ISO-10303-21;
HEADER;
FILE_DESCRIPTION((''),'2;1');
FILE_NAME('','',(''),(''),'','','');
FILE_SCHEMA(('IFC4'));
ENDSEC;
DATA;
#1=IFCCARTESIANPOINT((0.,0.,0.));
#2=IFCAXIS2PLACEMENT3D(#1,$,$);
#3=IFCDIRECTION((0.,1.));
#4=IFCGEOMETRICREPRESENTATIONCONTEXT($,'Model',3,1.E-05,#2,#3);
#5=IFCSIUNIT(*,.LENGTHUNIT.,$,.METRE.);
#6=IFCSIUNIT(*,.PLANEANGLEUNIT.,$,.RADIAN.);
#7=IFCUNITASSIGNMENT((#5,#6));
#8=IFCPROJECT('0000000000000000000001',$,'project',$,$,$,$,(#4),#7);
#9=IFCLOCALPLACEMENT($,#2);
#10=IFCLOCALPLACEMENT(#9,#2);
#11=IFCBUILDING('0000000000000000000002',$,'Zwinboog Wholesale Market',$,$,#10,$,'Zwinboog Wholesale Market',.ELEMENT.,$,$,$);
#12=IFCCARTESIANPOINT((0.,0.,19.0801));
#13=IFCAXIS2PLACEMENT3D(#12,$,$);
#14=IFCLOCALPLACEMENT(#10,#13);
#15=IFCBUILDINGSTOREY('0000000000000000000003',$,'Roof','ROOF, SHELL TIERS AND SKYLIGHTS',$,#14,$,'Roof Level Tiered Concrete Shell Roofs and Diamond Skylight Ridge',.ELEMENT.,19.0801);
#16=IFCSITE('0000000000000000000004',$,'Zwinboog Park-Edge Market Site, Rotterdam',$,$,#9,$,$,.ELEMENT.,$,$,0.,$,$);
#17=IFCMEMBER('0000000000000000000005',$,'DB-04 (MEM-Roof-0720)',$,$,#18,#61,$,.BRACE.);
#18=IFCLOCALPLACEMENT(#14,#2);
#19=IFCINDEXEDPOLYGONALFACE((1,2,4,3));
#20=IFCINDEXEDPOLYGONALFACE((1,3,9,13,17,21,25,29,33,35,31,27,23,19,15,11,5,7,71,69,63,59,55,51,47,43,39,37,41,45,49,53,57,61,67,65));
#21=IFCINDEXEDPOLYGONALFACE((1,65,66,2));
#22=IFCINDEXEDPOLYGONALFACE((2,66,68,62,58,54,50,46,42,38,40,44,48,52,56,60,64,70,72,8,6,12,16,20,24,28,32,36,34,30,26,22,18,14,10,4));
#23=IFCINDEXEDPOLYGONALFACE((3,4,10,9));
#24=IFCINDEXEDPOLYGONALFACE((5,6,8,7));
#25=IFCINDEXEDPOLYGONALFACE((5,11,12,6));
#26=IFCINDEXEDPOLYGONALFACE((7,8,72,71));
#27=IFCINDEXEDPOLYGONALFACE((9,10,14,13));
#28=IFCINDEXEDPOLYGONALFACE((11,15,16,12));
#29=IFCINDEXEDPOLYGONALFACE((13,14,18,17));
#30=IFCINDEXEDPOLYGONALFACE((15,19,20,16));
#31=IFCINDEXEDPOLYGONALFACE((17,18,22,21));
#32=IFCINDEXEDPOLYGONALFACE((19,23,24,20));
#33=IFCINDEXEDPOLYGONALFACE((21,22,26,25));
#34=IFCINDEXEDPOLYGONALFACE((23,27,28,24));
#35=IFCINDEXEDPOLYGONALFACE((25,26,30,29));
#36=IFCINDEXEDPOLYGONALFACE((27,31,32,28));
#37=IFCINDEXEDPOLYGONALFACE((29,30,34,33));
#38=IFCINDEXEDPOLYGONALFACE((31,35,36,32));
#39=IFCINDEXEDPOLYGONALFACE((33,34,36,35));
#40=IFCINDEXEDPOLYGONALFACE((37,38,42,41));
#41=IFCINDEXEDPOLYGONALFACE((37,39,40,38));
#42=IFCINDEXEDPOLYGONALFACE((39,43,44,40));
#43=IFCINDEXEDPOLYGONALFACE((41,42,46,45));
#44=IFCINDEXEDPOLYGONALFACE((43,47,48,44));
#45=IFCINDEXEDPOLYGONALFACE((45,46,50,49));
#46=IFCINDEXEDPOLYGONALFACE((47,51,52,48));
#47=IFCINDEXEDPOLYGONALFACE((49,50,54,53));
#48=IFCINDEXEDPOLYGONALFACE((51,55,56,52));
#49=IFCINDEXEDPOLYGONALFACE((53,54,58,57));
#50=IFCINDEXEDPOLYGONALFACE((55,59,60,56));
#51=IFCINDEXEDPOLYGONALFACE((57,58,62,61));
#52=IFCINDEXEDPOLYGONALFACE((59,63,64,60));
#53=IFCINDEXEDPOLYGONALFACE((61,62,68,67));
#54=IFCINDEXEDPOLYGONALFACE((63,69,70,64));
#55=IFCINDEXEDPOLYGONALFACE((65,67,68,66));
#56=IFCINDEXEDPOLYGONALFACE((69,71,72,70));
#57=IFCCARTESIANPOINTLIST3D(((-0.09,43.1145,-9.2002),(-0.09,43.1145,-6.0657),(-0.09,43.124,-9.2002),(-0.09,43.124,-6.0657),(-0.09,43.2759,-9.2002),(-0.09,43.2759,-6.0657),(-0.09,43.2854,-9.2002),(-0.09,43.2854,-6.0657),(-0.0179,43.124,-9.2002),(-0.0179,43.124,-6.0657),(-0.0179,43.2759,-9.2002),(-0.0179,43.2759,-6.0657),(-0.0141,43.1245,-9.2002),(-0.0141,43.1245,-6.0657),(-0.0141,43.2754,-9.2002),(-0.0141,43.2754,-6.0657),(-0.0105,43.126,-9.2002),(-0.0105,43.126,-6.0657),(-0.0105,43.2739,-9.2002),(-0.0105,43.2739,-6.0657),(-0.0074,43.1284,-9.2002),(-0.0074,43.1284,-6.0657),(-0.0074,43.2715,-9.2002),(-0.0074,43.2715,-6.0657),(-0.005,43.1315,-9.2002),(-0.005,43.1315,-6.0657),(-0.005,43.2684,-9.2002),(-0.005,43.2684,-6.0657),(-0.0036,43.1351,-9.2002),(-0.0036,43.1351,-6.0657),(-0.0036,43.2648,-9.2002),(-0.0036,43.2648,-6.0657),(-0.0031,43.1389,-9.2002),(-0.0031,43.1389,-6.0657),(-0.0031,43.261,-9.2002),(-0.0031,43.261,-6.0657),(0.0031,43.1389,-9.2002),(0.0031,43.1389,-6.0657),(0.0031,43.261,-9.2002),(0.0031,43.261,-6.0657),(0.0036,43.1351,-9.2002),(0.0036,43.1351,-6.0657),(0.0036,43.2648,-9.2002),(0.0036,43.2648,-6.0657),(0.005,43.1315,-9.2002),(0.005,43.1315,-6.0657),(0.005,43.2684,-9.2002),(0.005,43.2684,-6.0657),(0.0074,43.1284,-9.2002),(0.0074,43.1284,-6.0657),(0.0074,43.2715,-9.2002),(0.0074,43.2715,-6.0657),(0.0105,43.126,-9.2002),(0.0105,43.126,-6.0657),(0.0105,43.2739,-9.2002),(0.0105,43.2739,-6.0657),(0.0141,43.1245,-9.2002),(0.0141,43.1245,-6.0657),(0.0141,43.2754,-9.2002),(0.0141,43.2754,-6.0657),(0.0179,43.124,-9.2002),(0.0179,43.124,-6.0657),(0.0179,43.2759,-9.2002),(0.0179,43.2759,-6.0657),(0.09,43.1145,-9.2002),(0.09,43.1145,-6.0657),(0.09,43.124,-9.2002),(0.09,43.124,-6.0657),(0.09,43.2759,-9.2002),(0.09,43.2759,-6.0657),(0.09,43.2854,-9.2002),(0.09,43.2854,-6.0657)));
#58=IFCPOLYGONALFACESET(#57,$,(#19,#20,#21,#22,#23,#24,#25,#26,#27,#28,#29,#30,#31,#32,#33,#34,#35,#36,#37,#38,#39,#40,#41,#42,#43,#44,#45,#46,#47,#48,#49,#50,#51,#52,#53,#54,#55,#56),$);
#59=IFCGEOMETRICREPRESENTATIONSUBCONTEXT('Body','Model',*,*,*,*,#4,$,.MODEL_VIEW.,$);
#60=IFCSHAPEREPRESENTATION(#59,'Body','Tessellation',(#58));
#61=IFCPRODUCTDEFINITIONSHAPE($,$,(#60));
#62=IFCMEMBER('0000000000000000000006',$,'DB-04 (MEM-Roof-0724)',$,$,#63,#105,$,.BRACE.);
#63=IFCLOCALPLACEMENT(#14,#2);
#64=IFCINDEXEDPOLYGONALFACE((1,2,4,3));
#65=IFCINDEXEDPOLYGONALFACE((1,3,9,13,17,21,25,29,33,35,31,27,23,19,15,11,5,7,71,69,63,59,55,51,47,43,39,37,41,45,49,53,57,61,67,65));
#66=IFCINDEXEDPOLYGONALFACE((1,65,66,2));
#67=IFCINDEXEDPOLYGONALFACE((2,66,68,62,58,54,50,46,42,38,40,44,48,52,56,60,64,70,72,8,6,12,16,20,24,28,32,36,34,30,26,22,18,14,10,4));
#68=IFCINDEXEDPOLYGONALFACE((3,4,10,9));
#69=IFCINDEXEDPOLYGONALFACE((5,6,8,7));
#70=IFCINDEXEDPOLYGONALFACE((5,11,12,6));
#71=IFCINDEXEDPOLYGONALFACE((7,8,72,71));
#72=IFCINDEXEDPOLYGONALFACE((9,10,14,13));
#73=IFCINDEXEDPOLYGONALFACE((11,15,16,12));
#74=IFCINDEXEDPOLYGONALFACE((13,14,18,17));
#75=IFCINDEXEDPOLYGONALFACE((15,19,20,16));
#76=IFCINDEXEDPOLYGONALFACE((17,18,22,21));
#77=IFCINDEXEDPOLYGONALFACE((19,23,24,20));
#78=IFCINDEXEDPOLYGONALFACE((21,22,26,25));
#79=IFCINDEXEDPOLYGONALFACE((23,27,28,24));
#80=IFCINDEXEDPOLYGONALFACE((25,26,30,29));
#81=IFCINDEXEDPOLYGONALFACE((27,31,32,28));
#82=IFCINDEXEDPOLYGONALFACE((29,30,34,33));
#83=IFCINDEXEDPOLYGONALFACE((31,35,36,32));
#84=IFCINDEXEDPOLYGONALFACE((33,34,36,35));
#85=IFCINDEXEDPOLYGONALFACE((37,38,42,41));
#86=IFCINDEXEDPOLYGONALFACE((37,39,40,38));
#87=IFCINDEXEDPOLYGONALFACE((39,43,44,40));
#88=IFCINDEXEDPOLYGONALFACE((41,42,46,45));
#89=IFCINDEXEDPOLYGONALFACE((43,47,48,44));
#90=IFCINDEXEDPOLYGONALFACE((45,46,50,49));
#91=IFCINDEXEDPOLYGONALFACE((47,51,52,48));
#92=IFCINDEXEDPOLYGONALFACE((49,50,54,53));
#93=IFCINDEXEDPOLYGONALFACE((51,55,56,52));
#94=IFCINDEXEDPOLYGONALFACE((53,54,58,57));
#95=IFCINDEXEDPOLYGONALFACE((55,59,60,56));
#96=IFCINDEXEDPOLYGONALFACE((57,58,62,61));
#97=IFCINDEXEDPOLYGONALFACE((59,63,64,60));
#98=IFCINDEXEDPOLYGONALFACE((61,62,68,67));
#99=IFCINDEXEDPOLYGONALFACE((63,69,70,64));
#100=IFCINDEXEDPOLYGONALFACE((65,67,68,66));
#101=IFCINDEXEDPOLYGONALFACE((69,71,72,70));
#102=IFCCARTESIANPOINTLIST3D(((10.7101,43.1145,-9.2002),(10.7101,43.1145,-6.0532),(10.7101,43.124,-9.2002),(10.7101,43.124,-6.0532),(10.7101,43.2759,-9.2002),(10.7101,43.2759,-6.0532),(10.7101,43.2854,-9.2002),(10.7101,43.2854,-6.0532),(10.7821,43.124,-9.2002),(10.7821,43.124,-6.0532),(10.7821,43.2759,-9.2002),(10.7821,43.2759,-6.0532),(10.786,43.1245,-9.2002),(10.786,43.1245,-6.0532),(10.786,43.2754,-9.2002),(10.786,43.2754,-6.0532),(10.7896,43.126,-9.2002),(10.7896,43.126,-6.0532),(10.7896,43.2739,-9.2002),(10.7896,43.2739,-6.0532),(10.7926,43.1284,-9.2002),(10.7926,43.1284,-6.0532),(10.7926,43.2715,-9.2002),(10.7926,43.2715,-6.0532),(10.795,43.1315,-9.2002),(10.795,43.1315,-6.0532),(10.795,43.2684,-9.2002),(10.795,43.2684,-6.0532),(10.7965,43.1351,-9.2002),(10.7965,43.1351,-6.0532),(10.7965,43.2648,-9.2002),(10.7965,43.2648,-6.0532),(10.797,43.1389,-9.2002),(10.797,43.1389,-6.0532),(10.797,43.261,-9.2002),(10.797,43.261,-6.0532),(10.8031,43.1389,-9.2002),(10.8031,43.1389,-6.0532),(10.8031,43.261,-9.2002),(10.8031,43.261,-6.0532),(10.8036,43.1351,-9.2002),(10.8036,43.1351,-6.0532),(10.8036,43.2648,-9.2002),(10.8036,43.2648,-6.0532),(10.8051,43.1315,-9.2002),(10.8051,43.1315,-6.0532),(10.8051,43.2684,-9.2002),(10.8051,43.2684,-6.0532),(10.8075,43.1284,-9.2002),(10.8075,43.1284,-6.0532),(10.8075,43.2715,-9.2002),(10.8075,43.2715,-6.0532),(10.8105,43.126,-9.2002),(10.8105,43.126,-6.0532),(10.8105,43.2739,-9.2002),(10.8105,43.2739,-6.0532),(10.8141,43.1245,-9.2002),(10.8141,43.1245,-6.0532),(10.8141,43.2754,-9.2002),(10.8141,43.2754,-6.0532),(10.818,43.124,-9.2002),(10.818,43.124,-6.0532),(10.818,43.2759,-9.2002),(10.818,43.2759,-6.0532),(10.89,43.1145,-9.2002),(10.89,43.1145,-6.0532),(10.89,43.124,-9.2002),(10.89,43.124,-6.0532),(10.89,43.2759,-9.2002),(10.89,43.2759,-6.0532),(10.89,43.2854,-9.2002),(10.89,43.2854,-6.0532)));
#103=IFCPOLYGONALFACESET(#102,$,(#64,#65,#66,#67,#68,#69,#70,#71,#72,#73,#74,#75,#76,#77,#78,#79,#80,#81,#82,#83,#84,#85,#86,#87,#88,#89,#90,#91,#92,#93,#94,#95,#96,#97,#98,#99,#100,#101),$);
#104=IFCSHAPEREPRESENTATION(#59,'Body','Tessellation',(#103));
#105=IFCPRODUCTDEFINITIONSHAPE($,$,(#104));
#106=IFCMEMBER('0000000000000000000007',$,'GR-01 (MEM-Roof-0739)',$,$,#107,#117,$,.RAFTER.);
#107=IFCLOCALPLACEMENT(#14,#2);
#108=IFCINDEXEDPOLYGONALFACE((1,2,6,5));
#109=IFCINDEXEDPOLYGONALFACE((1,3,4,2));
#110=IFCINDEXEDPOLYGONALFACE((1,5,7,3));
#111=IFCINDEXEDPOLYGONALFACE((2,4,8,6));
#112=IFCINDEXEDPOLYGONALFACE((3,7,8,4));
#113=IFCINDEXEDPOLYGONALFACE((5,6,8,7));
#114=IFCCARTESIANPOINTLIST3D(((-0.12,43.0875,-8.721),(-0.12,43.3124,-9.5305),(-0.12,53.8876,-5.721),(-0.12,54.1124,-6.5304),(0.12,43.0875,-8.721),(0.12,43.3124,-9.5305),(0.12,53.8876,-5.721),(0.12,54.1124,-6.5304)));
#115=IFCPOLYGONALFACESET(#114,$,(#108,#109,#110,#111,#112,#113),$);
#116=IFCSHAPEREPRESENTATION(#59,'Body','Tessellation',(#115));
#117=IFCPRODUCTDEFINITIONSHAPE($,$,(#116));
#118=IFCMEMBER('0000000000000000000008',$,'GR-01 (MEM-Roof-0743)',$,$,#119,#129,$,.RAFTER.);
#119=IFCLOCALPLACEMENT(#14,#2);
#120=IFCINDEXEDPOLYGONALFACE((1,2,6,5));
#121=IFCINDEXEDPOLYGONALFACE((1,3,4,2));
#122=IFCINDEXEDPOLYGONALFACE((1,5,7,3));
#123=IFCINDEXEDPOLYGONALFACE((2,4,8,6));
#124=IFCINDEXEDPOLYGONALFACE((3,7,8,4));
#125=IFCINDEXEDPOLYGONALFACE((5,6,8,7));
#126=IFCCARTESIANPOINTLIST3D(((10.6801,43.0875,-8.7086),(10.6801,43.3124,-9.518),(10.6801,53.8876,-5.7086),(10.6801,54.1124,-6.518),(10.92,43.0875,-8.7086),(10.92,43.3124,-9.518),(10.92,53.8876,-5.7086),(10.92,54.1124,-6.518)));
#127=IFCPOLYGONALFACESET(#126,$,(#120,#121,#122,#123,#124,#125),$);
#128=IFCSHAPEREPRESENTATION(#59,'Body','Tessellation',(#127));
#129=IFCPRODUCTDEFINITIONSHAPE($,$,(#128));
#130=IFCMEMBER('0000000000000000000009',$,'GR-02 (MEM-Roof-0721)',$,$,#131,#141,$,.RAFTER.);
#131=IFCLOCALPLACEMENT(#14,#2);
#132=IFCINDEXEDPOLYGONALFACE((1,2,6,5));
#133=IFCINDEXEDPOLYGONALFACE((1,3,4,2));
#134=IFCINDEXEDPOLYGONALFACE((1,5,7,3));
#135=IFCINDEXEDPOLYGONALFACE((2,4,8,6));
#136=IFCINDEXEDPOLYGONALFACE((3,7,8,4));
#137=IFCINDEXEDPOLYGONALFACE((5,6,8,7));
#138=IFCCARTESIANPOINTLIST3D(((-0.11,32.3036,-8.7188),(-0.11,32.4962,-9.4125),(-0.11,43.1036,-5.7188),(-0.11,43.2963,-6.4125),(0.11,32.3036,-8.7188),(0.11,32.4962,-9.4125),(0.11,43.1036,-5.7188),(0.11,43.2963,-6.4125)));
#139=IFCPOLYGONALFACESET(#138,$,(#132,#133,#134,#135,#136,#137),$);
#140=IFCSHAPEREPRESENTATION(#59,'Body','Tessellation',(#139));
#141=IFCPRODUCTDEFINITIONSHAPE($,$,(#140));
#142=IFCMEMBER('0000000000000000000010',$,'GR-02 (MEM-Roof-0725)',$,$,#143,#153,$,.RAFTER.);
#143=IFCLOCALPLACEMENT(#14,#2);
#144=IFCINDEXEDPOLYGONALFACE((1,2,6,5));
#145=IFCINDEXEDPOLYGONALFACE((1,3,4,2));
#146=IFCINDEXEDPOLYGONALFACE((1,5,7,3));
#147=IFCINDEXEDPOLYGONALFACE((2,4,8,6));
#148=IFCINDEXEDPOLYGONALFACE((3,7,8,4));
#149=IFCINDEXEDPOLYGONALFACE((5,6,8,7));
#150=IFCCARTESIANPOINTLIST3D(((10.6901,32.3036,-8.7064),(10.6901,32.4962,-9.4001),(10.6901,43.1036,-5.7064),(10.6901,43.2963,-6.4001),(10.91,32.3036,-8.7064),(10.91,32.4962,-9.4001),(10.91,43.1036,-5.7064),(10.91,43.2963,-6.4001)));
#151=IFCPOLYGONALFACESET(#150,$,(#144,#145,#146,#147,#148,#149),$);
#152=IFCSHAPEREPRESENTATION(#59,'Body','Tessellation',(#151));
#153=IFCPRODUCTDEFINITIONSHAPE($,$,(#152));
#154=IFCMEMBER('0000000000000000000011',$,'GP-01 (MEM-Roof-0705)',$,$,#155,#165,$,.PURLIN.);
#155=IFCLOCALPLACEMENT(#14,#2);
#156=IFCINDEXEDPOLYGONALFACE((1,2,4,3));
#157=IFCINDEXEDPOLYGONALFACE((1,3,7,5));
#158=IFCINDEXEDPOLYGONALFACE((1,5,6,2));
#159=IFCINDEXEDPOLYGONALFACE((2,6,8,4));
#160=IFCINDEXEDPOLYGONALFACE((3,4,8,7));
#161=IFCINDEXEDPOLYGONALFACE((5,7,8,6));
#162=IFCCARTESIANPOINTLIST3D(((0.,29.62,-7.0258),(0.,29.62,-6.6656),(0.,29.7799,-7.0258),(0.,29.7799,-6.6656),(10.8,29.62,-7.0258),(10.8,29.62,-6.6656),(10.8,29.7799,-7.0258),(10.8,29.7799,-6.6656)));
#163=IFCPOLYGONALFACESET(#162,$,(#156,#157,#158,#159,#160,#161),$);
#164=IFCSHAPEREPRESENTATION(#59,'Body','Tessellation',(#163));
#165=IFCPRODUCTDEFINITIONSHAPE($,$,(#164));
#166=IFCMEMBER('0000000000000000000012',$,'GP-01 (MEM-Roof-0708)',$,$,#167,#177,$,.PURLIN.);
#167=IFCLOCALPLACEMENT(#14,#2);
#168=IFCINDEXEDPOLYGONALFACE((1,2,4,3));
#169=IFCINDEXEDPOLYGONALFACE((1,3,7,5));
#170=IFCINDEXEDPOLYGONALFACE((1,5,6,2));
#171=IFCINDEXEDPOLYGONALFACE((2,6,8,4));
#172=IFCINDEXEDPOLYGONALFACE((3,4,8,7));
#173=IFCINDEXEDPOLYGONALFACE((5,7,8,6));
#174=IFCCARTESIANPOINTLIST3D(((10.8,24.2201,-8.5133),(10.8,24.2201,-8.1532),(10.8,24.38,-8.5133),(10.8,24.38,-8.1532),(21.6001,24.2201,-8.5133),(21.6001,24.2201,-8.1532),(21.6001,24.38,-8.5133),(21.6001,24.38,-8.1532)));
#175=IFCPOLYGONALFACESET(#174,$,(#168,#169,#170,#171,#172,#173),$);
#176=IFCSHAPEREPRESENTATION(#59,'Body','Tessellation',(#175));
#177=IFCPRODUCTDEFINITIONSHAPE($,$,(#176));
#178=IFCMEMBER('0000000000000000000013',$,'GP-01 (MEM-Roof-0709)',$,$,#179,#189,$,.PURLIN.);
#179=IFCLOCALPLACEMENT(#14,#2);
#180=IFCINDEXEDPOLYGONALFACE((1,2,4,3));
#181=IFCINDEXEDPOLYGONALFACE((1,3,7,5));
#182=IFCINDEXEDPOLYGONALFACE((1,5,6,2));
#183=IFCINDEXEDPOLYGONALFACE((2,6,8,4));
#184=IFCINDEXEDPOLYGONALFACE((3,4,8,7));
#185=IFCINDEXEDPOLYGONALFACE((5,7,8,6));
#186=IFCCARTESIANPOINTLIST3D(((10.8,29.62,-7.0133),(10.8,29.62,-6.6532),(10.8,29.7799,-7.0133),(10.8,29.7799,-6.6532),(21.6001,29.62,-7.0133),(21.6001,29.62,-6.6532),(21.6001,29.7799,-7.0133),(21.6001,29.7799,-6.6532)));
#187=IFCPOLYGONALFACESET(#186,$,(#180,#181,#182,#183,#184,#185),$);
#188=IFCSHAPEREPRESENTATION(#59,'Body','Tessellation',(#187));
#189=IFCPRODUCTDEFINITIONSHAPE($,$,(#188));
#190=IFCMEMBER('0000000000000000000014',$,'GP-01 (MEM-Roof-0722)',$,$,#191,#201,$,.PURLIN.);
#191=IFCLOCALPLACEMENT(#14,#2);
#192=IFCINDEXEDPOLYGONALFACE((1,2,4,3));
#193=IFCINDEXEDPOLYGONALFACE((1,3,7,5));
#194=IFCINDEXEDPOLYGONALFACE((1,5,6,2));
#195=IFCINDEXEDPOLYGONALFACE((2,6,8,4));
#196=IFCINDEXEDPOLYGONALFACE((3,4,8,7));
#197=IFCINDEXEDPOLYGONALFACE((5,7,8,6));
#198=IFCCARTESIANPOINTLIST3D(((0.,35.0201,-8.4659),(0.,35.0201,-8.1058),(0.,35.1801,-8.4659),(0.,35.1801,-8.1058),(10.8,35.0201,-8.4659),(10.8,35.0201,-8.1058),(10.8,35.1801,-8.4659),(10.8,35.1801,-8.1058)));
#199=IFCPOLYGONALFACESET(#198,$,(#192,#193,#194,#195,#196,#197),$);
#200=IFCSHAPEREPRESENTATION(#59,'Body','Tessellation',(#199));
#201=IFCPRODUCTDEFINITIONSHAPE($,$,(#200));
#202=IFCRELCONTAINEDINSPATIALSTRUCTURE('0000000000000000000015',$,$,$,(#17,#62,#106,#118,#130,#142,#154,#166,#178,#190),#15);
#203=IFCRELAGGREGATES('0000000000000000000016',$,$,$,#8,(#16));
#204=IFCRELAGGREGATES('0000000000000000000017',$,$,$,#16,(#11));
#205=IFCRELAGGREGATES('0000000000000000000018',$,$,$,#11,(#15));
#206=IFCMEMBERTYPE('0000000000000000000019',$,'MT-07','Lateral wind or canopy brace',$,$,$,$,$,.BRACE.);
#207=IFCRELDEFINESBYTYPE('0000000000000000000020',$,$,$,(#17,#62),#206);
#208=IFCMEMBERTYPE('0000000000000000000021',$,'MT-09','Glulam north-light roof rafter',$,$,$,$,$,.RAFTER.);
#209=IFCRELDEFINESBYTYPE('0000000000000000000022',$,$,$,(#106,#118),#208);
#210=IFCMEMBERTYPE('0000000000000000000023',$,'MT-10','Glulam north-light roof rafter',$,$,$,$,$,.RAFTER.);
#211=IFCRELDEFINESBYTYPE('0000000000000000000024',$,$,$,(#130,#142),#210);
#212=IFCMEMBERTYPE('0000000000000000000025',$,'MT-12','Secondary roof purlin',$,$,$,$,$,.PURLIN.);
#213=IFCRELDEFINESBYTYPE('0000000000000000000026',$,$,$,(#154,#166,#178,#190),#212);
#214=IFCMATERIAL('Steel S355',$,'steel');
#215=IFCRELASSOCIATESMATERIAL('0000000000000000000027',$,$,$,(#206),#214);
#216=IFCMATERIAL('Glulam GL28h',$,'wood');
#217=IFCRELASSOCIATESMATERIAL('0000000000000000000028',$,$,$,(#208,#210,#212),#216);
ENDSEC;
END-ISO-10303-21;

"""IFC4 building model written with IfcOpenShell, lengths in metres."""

from ifc_helpers import new_model, si_unit, direction, frame, origin, origin_2d, place, context, subcontext, project, spatial, rectangle, i_section, extrude, material, material_profile, profile_set, type_object, element, save


model = new_model("IFC4")

# Units and contexts
model_context = context("Model", 3, precision=1e-05, world=origin(), true_north=direction((0.0, 1.0)))
body_context = subcontext(model_context, "Body", "Model", "MODEL_VIEW")
ifc_project = project(units=[si_unit("LENGTHUNIT", "METRE"), si_unit("PLANEANGLEUNIT", "RADIAN")], contexts=[model_context])

# Site, building, storey
site_placement = place(None, origin())
site = spatial("IfcSite", under=ifc_project, at=site_placement, Name="Zwinboog Park-Edge Market Site, Rotterdam", CompositionType="ELEMENT", RefElevation=0.0)
building_placement = place(site_placement, origin())
building = spatial("IfcBuilding", under=site, at=building_placement, Name="Zwinboog Wholesale Market", LongName="Zwinboog Wholesale Market", CompositionType="ELEMENT")
storey_placement = place(building_placement, frame((0.0, 0.0, 19.0801)))
storey = spatial("IfcBuildingStorey", under=building, at=storey_placement, Name="Roof", Description="ROOF, SHELL TIERS AND SKYLIGHTS", LongName="Roof Level Tiered Concrete Shell Roofs and Diamond Skylight Ridge", CompositionType="ELEMENT", Elevation=19.0801)

# Members
ifc_material_1 = material(Name="Steel S355", Category="steel")
ifc_material_profile_1 = material_profile(ifc_material_1, i_section(OverallWidth=0.1799, OverallDepth=0.1709, WebThickness=0.0061, FlangeThickness=0.0095, FilletRadius=0.0149, at=origin_2d()), Name="HEA 180")
ifc_profile_set_1 = profile_set([ifc_material_profile_1], Name="Steel S355")
member_type_1 = type_object("IfcMemberType", Name="MT-07", Description="Lateral wind or canopy brace", PredefinedType="BRACE", material=ifc_profile_set_1)
member_1_placement = place(storey_placement, frame((0.0, 43.2, -9.2002), z_axis=(0.0, 0.0, 1.0), x_axis=(1.0, 0.0, 0.0)))
element("IfcMember", 1, at=member_1_placement, inside=storey, type_object=member_type_1, Name="DB-04 (MEM-Roof-0720)", PredefinedType="BRACE", context=body_context, shape_type="SweptSolid", body=[
    extrude(i_section(OverallWidth=0.1799, OverallDepth=0.1709, WebThickness=0.0061, FlangeThickness=0.0095, FilletRadius=0.0149, at=origin_2d()), origin(), (0.0, 0.0, 1.0), 3.1345),
])
member_2_placement = place(storey_placement, frame((10.8, 43.2, -9.2002), z_axis=(0.0, 0.0, 1.0), x_axis=(1.0, 0.0, 0.0)))
element("IfcMember", 2, at=member_2_placement, inside=storey, type_object=member_type_1, Name="DB-04 (MEM-Roof-0724)", PredefinedType="BRACE", context=body_context, shape_type="SweptSolid", body=[
    extrude(i_section(OverallWidth=0.1799, OverallDepth=0.1709, WebThickness=0.0061, FlangeThickness=0.0095, FilletRadius=0.0149, at=origin_2d()), origin(), (0.0, 0.0, 1.0), 3.147),
])
ifc_material_2 = material(Name="Glulam GL28h", Category="wood")
ifc_material_profile_2 = material_profile(ifc_material_2, rectangle(XDim=0.24, YDim=0.8401, at=origin_2d()), Name="GL28h 240x840")
ifc_profile_set_2 = profile_set([ifc_material_profile_2], Name="Glulam GL28h")
member_type_2 = type_object("IfcMemberType", Name="MT-09", Description="Glulam north-light roof rafter", PredefinedType="RAFTER", material=ifc_profile_set_2)
for number, where, z_axis, x_axis, name in (
    (3, (0.0, 43.2, -9.1257), (0.0, 0.963518, 0.267643), (-1.0, 0.0, 0.0), "GR-01 (MEM-Roof-0739)"),
    (4, (10.8, 43.2, -9.1133), (0.0, 0.963518, 0.267643), (-1.0, 0.0, 0.0), "GR-01 (MEM-Roof-0743)"),
):
    element("IfcMember", number, at=place(storey_placement, frame(where, z_axis=z_axis, x_axis=x_axis)), inside=storey, type_object=member_type_2, Name=name, PredefinedType="RAFTER", context=body_context, shape_type="SweptSolid", body=[
        extrude(rectangle(XDim=0.24, YDim=0.8401, at=origin_2d()), origin(), (0.0, 0.0, 1.0), 11.209),
    ])
ifc_material_profile_3 = material_profile(ifc_material_2, rectangle(XDim=0.22, YDim=0.72, at=origin_2d()), Name="GL28h 220x720")
ifc_profile_set_3 = profile_set([ifc_material_profile_3], Name="Glulam GL28h")
member_type_3 = type_object("IfcMemberType", Name="MT-10", Description="Glulam north-light roof rafter", PredefinedType="RAFTER", material=ifc_profile_set_3)
for number, where, z_axis, x_axis, name in (
    (5, (0.0, 32.3999, -9.0657), (0.0, 0.963518, 0.267643), (-1.0, 0.0, 0.0), "GR-02 (MEM-Roof-0721)"),
    (6, (10.8, 32.3999, -9.0532), (0.0, 0.963518, 0.267643), (-1.0, 0.0, 0.0), "GR-02 (MEM-Roof-0725)"),
):
    element("IfcMember", number, at=place(storey_placement, frame(where, z_axis=z_axis, x_axis=x_axis)), inside=storey, type_object=member_type_3, Name=name, PredefinedType="RAFTER", context=body_context, shape_type="SweptSolid", body=[
        extrude(rectangle(XDim=0.22, YDim=0.72, at=origin_2d()), origin(), (0.0, 0.0, 1.0), 11.209),
    ])
ifc_material_profile_4 = material_profile(ifc_material_2, rectangle(XDim=0.1599, YDim=0.3601, at=origin_2d()), Name="GL28h 160x360")
ifc_profile_set_4 = profile_set([ifc_material_profile_4], Name="Glulam GL28h")
member_type_4 = type_object("IfcMemberType", Name="MT-12", Description="Secondary roof purlin", PredefinedType="PURLIN", material=ifc_profile_set_4)
for number, where, z_axis, x_axis, name in (
    (7, (0.0, 29.7, -6.8457), (1.0, 0.0, 0.0), (0.0, 1.0, 0.0), "GP-01 (MEM-Roof-0705)"),
    (8, (10.8, 24.3, -8.3333), (1.0, 0.0, 0.0), (0.0, 1.0, 0.0), "GP-01 (MEM-Roof-0708)"),
    (9, (10.8, 29.7, -6.8333), (1.0, 0.0, 0.0), (0.0, 1.0, 0.0), "GP-01 (MEM-Roof-0709)"),
    (10, (0.0, 35.1001, -8.2859), (1.0, 0.0, 0.0), (0.0, 1.0, 0.0), "GP-01 (MEM-Roof-0722)"),
):
    element("IfcMember", number, at=place(storey_placement, frame(where, z_axis=z_axis, x_axis=x_axis)), inside=storey, type_object=member_type_4, Name=name, PredefinedType="PURLIN", context=body_context, shape_type="SweptSolid", body=[
        extrude(rectangle(XDim=0.1599, YDim=0.3601, at=origin_2d()), origin(), (0.0, 0.0, 1.0), 10.8),
    ])

save(model, "model.ifc")
